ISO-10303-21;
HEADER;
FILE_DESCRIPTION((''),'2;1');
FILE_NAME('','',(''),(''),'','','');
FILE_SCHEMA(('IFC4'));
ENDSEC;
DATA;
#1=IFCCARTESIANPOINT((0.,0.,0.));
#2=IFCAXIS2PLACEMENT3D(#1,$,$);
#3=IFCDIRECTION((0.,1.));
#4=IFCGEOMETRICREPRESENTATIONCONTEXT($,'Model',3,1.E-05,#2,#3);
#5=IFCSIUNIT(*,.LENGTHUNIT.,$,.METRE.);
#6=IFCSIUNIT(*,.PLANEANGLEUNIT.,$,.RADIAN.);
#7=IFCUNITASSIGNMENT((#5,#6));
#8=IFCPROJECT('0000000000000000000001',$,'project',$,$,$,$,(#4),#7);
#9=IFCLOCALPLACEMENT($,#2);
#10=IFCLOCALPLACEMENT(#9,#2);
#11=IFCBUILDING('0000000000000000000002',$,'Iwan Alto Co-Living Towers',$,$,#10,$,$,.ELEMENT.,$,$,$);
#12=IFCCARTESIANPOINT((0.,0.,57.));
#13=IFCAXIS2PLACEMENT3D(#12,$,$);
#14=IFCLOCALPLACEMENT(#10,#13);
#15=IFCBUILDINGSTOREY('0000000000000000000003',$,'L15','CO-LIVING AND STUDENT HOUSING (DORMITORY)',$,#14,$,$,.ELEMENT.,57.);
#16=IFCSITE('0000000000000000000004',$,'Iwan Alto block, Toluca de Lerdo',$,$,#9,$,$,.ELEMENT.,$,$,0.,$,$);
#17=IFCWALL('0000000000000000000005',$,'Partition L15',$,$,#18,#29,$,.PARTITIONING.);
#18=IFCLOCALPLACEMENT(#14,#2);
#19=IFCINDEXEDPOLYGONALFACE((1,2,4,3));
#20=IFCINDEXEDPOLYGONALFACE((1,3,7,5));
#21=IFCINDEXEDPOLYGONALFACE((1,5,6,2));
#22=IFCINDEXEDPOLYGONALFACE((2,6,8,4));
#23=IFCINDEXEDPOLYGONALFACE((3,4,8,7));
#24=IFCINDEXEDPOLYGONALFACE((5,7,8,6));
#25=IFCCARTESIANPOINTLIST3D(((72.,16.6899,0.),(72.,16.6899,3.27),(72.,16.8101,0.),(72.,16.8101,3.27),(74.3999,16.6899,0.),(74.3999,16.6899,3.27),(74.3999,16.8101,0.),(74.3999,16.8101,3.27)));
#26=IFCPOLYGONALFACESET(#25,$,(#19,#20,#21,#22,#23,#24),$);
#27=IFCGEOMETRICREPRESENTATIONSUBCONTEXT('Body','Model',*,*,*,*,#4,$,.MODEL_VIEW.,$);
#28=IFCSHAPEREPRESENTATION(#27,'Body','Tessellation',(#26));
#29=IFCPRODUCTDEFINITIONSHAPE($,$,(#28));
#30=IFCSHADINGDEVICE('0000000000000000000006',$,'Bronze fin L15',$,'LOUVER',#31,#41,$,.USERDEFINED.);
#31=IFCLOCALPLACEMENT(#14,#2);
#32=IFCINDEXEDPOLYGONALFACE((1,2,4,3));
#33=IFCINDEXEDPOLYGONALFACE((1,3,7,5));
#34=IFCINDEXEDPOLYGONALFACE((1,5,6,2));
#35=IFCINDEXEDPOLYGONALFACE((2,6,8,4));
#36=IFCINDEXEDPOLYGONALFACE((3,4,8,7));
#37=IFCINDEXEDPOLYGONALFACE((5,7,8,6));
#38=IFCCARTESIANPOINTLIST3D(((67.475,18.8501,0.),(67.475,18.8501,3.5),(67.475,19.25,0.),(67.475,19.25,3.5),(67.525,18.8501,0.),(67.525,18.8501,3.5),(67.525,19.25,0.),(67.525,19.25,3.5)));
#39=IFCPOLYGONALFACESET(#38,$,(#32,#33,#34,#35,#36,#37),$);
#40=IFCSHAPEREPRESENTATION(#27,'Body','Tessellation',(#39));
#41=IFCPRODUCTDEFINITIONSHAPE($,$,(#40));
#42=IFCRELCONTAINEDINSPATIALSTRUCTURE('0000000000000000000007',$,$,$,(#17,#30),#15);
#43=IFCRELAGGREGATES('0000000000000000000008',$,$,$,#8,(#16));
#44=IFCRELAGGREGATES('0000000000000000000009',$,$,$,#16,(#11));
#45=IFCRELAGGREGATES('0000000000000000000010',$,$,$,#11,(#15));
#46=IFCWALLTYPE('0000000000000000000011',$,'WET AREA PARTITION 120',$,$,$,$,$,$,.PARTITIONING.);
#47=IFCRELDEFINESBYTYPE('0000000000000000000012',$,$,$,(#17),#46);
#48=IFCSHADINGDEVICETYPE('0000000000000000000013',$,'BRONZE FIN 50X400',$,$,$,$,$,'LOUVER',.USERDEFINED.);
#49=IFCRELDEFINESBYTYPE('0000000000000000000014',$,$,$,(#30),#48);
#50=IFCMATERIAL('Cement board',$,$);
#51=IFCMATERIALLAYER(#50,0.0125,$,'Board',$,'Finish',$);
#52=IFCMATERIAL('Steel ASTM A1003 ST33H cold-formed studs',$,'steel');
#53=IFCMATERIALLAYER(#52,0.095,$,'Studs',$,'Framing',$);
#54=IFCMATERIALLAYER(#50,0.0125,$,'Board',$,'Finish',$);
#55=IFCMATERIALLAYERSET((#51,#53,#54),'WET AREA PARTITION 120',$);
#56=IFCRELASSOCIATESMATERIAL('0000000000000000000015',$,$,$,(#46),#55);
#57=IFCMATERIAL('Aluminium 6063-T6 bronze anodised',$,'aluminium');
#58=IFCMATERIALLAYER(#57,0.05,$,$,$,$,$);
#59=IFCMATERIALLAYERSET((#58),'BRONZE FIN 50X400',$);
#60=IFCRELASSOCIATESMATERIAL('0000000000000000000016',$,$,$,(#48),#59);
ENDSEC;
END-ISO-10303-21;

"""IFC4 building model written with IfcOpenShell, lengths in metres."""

from ifc_helpers import new_model, si_unit, direction, frame, frame_2d, origin, origin_2d, place, context, subcontext, project, spatial, rectangle, extrude, material, layer, layer_set, type_object, element, save


model = new_model("IFC4")

# Units and contexts
model_context = context("Model", 3, precision=1e-05, world=origin(), true_north=direction((0.0, 1.0)))
body_context = subcontext(model_context, "Body", "Model", "MODEL_VIEW")
ifc_project = project(units=[si_unit("LENGTHUNIT", "METRE"), si_unit("PLANEANGLEUNIT", "RADIAN")], contexts=[model_context])

# Site, building, storey
site_placement = place(None, origin())
site = spatial("IfcSite", under=ifc_project, at=site_placement, Name="Iwan Alto block, Toluca de Lerdo", CompositionType="ELEMENT", RefElevation=0.0)
building_placement = place(site_placement, origin())
building = spatial("IfcBuilding", under=site, at=building_placement, Name="Iwan Alto Co-Living Towers", CompositionType="ELEMENT")
storey_placement = place(building_placement, frame((0.0, 0.0, 57.0)))
storey = spatial("IfcBuildingStorey", under=building, at=storey_placement, Name="L15", Description="CO-LIVING AND STUDENT HOUSING (DORMITORY)", CompositionType="ELEMENT", Elevation=57.0)

# Wall
ifc_material_1 = material(Name="Cement board")
ifc_layer_1 = layer(ifc_material_1, 0.0125, Name="Board", Category="Finish")
ifc_material_2 = material(Name="Steel ASTM A1003 ST33H cold-formed studs", Category="steel")
ifc_layer_2 = layer(ifc_material_2, 0.095, Name="Studs", Category="Framing")
ifc_layer_3 = layer(ifc_material_1, 0.0125, Name="Board", Category="Finish")
ifc_layer_set_1 = layer_set([ifc_layer_1, ifc_layer_2, ifc_layer_3], Name="WET AREA PARTITION 120")
wall_type = type_object("IfcWallType", Name="WET AREA PARTITION 120", PredefinedType="PARTITIONING", material=ifc_layer_set_1)
for number, where, z_axis, x_axis, name in (
    (1, (72.0, 16.75, 0.0), (0.0, 0.0, 1.0), (1.0, 0.0, 0.0), "Partition L15"),
):
    element("IfcWall", number, at=place(storey_placement, frame(where, z_axis=z_axis, x_axis=x_axis)), inside=storey, type_object=wall_type, Name=name, PredefinedType="PARTITIONING", context=body_context, shape_type="SweptSolid", body=[
        extrude(rectangle(XDim=2.3999, YDim=0.1201, at=frame_2d((1.2, 0.0))), origin(), (0.0, 0.0, 1.0), 3.27),
    ])

# Shading device
ifc_material_3 = material(Name="Aluminium 6063-T6 bronze anodised", Category="aluminium")
ifc_layer_4 = layer(ifc_material_3, 0.05)
ifc_layer_set_2 = layer_set([ifc_layer_4], Name="BRONZE FIN 50X400")
shading_device_type = type_object("IfcShadingDeviceType", Name="BRONZE FIN 50X400", ElementType="LOUVER", PredefinedType="USERDEFINED", material=ifc_layer_set_2)
shading_device_placement = place(storey_placement, frame((67.5, 19.05, 0.0), z_axis=(0.0, 0.0, 1.0), x_axis=(-1.0, 0.0, 0.0)))
element("IfcShadingDevice", 2, at=shading_device_placement, inside=storey, type_object=shading_device_type, Name="Bronze fin L15", ObjectType="LOUVER", PredefinedType="USERDEFINED", context=body_context, shape_type="SweptSolid", body=[
    extrude(rectangle(XDim=0.05, YDim=0.3999, at=origin_2d()), origin(), (0.0, 0.0, 1.0), 3.5),
])

save(model, "model.ifc")
